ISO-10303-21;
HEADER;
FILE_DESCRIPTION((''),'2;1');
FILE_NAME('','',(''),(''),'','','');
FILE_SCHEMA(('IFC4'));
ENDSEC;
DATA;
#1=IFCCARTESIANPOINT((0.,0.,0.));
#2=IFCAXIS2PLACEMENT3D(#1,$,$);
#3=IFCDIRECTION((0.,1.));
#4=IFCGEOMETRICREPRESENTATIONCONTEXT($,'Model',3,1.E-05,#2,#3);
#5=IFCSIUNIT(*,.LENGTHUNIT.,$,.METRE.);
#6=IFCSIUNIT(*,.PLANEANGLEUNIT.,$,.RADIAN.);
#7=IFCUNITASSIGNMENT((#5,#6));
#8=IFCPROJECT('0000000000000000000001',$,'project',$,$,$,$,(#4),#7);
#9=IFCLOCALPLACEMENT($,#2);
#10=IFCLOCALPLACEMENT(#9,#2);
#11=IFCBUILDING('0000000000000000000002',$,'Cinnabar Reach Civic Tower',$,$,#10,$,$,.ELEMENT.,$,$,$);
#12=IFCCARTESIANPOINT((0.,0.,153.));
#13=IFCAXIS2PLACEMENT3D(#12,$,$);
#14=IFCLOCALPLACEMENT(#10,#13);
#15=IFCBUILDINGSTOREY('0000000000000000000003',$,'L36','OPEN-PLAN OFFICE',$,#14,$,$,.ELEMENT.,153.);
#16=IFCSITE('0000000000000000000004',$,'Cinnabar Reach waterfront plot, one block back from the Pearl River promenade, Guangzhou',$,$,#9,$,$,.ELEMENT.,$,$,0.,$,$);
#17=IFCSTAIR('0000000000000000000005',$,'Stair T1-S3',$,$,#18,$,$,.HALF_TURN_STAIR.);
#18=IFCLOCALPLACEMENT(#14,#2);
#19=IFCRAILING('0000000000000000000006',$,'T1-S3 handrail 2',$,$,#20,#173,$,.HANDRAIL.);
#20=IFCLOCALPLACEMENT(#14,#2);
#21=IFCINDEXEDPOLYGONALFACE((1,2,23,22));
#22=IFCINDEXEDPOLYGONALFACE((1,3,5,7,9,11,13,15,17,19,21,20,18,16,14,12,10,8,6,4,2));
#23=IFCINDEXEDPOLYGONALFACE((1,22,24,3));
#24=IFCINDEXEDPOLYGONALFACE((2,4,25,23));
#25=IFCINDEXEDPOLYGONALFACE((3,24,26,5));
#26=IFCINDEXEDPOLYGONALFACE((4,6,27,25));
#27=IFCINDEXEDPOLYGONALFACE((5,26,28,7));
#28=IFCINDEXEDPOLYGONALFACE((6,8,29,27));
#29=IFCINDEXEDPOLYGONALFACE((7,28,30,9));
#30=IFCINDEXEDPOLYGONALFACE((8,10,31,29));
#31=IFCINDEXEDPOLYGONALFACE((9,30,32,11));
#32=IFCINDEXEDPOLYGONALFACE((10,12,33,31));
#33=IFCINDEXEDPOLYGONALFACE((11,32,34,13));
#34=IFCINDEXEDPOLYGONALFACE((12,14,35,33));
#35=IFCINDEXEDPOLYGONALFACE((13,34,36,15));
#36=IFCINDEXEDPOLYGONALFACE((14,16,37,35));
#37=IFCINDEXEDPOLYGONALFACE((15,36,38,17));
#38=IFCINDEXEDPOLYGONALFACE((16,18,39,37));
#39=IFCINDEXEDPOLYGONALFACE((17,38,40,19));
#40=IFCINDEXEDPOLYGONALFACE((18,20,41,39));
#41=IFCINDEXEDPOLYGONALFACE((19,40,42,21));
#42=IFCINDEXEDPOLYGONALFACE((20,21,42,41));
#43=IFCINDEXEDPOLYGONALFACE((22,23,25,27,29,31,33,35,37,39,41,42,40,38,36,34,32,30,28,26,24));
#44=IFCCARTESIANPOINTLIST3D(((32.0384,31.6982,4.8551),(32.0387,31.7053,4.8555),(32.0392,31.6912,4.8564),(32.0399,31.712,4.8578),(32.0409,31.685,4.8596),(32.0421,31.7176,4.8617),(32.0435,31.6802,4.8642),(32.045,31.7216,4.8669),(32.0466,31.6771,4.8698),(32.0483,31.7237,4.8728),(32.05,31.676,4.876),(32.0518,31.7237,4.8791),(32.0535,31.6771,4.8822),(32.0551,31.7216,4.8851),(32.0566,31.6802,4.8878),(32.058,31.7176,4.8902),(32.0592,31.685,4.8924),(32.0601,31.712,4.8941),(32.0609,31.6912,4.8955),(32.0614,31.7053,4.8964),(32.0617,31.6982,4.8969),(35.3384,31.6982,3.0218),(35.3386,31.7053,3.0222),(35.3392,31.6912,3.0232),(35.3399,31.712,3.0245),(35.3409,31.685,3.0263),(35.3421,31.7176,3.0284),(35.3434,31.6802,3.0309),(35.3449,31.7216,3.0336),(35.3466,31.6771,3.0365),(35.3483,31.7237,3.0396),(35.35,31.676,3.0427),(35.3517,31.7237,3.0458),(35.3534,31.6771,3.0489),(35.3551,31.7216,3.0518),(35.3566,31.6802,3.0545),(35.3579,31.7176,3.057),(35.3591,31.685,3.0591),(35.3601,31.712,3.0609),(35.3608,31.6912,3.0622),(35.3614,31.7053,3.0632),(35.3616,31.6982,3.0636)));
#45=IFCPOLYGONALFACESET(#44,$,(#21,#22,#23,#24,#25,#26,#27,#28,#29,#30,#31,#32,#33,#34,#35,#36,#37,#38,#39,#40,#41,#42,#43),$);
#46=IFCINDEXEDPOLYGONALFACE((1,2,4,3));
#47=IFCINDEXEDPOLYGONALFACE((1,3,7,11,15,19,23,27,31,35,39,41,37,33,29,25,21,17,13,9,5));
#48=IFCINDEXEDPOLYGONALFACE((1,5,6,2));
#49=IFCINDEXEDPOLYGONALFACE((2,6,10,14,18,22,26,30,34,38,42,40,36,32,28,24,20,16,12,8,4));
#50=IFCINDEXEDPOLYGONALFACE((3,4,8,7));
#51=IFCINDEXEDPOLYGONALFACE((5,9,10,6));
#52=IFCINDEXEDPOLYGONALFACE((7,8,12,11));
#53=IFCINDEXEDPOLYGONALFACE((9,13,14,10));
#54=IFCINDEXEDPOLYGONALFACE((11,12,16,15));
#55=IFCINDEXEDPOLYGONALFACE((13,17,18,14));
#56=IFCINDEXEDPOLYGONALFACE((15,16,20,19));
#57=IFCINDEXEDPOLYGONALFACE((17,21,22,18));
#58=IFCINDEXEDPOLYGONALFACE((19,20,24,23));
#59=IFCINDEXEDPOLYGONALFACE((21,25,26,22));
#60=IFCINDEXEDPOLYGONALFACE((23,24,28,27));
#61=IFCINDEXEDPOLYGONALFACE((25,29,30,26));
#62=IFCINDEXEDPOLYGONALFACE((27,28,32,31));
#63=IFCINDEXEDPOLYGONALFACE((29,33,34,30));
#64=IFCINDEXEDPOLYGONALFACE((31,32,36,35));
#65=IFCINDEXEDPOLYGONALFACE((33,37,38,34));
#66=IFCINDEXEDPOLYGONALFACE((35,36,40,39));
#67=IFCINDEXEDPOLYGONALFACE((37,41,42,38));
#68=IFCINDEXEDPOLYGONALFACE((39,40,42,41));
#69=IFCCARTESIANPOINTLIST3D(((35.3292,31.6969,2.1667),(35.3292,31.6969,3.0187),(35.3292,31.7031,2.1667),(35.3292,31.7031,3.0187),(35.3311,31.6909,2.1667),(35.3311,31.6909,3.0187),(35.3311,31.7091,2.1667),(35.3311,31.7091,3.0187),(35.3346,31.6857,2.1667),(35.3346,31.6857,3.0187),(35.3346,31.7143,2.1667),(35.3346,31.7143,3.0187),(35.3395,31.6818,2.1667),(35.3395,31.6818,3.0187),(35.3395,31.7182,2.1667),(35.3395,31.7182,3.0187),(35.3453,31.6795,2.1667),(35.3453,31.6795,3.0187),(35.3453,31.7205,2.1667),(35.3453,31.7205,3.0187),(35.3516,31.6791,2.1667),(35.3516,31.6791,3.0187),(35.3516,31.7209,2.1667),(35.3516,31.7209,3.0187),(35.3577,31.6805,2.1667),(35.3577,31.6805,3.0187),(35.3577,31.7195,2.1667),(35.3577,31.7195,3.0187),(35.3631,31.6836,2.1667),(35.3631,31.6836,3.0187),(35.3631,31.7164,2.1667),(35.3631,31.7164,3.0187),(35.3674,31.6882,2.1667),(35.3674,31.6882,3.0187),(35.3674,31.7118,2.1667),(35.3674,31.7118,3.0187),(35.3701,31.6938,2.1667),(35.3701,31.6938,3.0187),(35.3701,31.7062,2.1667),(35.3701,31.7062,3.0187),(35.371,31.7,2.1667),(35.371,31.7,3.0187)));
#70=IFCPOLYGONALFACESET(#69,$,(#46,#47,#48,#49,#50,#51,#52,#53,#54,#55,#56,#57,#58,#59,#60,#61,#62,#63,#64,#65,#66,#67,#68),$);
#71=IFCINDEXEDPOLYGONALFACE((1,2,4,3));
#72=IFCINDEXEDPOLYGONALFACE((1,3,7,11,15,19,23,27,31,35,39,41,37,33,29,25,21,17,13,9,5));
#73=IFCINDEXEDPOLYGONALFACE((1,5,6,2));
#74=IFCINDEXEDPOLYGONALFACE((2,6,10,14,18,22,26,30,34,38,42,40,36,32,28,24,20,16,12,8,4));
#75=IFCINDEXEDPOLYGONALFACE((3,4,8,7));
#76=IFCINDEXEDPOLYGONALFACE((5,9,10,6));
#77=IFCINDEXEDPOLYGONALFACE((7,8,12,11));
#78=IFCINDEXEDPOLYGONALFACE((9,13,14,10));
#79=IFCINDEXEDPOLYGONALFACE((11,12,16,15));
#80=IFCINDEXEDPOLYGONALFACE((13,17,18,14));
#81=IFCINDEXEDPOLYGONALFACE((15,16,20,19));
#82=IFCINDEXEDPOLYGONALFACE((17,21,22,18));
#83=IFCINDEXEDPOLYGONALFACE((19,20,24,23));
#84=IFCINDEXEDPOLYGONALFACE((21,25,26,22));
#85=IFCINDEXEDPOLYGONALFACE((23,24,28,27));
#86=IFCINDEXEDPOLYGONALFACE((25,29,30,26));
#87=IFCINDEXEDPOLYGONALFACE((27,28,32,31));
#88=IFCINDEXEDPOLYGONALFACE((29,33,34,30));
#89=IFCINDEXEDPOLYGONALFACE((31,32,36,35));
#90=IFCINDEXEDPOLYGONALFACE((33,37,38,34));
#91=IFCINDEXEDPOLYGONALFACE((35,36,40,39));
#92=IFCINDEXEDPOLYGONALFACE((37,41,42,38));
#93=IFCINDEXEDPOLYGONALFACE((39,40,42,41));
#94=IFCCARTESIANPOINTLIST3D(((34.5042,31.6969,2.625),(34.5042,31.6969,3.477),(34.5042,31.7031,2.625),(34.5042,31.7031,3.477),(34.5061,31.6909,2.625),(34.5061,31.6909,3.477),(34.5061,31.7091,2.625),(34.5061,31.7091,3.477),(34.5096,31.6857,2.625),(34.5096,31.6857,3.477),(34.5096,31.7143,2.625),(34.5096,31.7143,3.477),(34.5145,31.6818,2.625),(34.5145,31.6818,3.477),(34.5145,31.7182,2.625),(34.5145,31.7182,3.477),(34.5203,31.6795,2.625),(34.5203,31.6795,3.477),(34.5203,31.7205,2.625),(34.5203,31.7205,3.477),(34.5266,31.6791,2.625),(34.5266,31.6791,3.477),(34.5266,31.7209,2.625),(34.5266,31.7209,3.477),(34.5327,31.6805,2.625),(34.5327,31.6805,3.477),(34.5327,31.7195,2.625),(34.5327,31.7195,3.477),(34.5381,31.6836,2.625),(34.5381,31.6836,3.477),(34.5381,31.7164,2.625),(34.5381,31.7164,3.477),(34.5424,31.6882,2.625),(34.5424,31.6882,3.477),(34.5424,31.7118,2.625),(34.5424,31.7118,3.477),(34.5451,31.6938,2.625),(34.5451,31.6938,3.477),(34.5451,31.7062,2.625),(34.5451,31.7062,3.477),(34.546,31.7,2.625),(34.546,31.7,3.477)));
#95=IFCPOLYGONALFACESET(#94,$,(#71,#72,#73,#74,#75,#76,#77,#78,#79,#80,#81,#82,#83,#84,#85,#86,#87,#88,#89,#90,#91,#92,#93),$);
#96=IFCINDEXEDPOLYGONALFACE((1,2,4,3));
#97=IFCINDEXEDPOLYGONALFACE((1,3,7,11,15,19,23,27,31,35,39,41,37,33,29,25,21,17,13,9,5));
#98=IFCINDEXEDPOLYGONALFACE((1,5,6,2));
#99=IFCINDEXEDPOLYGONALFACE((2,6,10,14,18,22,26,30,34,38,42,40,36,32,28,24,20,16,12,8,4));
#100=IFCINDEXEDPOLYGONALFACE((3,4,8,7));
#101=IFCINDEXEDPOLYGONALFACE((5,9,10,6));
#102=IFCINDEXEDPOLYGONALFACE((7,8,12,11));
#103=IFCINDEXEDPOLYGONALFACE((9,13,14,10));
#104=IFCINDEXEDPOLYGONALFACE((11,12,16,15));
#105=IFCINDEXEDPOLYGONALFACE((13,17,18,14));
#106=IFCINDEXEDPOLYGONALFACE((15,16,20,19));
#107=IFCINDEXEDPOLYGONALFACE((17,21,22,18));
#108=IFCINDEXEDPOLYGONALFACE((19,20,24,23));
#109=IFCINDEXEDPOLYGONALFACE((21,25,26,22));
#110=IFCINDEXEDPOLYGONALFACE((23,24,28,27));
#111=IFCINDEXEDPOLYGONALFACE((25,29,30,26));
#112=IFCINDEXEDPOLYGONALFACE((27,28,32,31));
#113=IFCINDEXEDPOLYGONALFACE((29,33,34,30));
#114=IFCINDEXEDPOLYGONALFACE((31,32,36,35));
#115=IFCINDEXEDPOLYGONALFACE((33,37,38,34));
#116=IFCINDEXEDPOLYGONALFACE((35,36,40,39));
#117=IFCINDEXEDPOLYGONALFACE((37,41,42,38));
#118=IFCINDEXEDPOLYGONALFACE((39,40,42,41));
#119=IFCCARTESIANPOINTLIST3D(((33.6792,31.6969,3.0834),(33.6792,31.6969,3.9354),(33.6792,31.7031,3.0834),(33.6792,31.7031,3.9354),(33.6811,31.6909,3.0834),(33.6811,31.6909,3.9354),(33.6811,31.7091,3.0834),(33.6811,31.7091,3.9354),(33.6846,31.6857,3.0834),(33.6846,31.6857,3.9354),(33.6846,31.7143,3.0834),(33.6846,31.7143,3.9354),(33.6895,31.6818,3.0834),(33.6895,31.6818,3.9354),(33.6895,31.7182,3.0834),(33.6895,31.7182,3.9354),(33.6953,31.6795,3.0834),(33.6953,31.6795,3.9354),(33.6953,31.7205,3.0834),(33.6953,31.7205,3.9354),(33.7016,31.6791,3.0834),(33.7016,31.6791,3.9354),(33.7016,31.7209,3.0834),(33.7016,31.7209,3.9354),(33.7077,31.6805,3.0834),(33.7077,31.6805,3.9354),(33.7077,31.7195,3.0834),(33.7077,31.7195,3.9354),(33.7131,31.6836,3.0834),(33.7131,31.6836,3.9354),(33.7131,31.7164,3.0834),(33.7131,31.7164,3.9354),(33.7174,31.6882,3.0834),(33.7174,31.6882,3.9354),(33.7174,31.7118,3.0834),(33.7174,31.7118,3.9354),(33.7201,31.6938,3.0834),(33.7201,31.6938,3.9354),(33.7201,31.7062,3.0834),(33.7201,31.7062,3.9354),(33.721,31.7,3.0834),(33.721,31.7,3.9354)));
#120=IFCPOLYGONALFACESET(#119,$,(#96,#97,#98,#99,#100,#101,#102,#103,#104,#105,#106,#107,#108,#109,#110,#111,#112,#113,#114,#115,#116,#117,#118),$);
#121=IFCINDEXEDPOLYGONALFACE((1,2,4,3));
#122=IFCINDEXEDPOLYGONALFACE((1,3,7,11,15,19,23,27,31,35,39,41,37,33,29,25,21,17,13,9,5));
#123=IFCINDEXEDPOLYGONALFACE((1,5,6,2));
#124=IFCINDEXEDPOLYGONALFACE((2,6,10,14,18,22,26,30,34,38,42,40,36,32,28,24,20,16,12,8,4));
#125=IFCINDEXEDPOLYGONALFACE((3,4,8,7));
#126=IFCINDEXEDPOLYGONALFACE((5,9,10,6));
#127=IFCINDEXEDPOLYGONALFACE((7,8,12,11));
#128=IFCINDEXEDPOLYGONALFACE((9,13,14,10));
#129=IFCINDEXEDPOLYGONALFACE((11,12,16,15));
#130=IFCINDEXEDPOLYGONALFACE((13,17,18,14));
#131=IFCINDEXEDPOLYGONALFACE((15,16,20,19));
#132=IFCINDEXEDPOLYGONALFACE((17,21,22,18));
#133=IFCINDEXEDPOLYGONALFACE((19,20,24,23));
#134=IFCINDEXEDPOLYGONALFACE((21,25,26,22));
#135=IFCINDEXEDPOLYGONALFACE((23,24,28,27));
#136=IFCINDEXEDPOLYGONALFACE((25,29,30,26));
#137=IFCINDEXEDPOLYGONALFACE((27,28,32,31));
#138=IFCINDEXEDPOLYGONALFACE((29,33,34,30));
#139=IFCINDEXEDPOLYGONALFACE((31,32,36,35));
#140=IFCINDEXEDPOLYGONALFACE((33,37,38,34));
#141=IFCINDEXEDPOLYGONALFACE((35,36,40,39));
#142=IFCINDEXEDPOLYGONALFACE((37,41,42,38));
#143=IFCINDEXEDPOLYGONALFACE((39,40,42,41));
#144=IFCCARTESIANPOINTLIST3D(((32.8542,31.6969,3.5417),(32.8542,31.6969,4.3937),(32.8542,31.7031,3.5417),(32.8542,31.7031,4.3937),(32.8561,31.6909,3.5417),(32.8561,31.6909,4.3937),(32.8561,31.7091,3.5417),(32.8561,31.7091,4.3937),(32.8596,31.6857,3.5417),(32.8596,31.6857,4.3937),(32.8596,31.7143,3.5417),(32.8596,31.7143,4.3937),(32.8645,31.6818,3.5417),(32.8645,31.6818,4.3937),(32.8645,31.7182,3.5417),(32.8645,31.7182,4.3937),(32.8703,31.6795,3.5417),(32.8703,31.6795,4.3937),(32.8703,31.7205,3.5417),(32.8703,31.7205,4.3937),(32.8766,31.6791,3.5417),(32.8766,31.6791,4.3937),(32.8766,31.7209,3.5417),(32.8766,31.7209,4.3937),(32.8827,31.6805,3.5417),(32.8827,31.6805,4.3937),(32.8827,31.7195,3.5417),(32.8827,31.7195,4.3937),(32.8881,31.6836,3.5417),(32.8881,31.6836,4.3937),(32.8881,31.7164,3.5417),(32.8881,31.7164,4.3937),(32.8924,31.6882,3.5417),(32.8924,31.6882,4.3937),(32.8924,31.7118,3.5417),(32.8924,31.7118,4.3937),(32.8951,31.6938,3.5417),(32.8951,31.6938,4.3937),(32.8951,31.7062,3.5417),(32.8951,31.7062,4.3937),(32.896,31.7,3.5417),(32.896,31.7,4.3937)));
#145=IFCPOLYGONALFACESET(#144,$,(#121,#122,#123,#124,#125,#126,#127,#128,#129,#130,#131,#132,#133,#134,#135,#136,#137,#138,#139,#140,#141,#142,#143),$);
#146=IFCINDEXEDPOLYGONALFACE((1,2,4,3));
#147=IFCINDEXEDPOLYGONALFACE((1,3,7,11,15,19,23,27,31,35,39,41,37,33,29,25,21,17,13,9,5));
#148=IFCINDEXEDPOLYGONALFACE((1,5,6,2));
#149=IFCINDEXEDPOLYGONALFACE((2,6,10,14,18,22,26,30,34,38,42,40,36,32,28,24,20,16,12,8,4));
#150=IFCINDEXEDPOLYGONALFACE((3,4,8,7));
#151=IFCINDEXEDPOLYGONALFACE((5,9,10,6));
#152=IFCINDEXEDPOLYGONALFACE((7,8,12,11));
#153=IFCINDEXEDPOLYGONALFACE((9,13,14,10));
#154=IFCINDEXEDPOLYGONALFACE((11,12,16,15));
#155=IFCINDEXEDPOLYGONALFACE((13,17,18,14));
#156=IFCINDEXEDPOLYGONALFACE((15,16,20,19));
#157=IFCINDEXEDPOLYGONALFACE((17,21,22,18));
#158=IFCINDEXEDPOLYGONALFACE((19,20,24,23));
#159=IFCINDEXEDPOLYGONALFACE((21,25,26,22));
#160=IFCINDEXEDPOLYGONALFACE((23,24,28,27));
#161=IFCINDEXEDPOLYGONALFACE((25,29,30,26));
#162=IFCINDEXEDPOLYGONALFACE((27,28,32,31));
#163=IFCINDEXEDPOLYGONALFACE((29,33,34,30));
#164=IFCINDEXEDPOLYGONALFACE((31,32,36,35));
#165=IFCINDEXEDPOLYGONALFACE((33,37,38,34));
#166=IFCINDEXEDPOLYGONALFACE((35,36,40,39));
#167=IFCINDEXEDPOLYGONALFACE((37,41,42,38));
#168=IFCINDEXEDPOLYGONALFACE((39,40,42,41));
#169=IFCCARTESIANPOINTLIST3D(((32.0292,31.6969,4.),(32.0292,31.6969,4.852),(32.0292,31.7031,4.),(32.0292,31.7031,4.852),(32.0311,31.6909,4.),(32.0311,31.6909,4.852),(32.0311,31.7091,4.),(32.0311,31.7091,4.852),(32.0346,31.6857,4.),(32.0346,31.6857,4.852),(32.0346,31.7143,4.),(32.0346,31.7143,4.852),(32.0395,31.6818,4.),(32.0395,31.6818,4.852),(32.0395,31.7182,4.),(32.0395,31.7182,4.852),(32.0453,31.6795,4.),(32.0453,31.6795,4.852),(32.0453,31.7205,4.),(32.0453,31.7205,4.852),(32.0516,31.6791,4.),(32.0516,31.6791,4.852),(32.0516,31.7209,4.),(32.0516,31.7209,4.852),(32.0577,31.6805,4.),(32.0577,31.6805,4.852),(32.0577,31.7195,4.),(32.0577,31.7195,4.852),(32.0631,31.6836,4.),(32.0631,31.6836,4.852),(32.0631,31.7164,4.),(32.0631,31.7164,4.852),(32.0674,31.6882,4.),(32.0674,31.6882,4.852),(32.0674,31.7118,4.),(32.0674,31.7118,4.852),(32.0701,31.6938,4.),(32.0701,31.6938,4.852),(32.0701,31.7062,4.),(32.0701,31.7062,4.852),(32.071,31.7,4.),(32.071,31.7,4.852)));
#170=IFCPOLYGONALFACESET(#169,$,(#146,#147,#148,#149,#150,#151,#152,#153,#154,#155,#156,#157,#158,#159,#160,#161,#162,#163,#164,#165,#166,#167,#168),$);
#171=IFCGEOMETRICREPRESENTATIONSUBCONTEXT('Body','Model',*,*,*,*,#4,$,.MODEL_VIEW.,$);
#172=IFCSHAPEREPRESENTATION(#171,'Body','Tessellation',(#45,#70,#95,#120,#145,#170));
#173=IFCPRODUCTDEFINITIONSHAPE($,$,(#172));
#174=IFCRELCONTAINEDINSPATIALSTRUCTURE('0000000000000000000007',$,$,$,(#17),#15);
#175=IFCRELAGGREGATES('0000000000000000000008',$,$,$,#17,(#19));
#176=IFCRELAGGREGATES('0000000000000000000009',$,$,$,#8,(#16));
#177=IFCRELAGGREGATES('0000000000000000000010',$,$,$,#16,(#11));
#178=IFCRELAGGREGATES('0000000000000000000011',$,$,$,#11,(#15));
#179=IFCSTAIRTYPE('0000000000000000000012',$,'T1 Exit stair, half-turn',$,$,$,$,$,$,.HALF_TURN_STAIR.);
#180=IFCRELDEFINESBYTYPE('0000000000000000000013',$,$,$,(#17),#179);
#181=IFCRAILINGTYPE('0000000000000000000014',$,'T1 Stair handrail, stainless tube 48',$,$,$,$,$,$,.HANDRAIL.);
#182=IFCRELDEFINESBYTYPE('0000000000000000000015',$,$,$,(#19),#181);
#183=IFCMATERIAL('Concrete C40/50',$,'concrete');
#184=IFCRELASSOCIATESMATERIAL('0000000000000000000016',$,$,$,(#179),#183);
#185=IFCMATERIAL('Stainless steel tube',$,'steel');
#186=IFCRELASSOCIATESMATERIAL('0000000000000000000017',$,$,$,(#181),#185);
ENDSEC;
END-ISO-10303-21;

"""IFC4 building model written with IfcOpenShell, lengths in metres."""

from ifc_helpers import new_model, si_unit, direction, frame, origin, origin_2d, place, context, subcontext, project, spatial, circle, extrude, material, type_object, element, aggregate, save


model = new_model("IFC4")

# Units and contexts
model_context = context("Model", 3, precision=1e-05, world=origin(), true_north=direction((0.0, 1.0)))
body_context = subcontext(model_context, "Body", "Model", "MODEL_VIEW")
ifc_project = project(units=[si_unit("LENGTHUNIT", "METRE"), si_unit("PLANEANGLEUNIT", "RADIAN")], contexts=[model_context])

# Site, building, storey
site_placement = place(None, origin())
site = spatial("IfcSite", under=ifc_project, at=site_placement, Name="Cinnabar Reach waterfront plot, one block back from the Pearl River promenade, Guangzhou", CompositionType="ELEMENT", RefElevation=0.0)
building_placement = place(site_placement, origin())
building = spatial("IfcBuilding", under=site, at=building_placement, Name="Cinnabar Reach Civic Tower", CompositionType="ELEMENT")
storey_placement = place(building_placement, frame((0.0, 0.0, 153.0)))
storey = spatial("IfcBuildingStorey", under=building, at=storey_placement, Name="L36", Description="OPEN-PLAN OFFICE", CompositionType="ELEMENT", Elevation=153.0)

# Stair, railing
ifc_material_1 = material(Name="Concrete C40/50", Category="concrete")
stair_type = type_object("IfcStairType", Name="T1 Exit stair, half-turn", PredefinedType="HALF_TURN_STAIR", material=ifc_material_1)
stair_placement = place(storey_placement, origin())
stair = element("IfcStair", 1, at=stair_placement, inside=storey, type_object=stair_type, Name="Stair T1-S3", PredefinedType="HALF_TURN_STAIR")
ifc_material_2 = material(Name="Stainless steel tube", Category="steel")
railing_type = type_object("IfcRailingType", Name="T1 Stair handrail, stainless tube 48", PredefinedType="HANDRAIL", material=ifc_material_2)
railing_placement = place(storey_placement, frame((35.35, 31.7, 2.1667)))
railing = element("IfcRailing", 2, at=railing_placement, type_object=railing_type, Name="T1-S3 handrail 2", PredefinedType="HANDRAIL", context=body_context, shape_type="SweptSolid", body=[
    extrude(circle(Radius=0.024, at=origin_2d()), frame((0.0, 0.0, 0.876), z_axis=(-0.874161, 0.0, 0.485636), x_axis=(0.0, -1.0, 0.0)), (0.0, 0.0, 1.0), 3.775),
    extrude(circle(Radius=0.021, at=origin_2d()), origin(), (0.0, 0.0, 1.0), 0.852),
    extrude(circle(Radius=0.021, at=origin_2d()), frame((-0.825, 0.0, 0.4583)), (0.0, 0.0, 1.0), 0.852),
    extrude(circle(Radius=0.021, at=origin_2d()), frame((-1.65, 0.0, 0.9167)), (0.0, 0.0, 1.0), 0.852),
    extrude(circle(Radius=0.021, at=origin_2d()), frame((-2.475, 0.0, 1.375)), (0.0, 0.0, 1.0), 0.852),
    extrude(circle(Radius=0.021, at=origin_2d()), frame((-3.3, 0.0, 1.8333)), (0.0, 0.0, 1.0), 0.852),
])
aggregate(stair, [railing])

save(model, "model.ifc")
